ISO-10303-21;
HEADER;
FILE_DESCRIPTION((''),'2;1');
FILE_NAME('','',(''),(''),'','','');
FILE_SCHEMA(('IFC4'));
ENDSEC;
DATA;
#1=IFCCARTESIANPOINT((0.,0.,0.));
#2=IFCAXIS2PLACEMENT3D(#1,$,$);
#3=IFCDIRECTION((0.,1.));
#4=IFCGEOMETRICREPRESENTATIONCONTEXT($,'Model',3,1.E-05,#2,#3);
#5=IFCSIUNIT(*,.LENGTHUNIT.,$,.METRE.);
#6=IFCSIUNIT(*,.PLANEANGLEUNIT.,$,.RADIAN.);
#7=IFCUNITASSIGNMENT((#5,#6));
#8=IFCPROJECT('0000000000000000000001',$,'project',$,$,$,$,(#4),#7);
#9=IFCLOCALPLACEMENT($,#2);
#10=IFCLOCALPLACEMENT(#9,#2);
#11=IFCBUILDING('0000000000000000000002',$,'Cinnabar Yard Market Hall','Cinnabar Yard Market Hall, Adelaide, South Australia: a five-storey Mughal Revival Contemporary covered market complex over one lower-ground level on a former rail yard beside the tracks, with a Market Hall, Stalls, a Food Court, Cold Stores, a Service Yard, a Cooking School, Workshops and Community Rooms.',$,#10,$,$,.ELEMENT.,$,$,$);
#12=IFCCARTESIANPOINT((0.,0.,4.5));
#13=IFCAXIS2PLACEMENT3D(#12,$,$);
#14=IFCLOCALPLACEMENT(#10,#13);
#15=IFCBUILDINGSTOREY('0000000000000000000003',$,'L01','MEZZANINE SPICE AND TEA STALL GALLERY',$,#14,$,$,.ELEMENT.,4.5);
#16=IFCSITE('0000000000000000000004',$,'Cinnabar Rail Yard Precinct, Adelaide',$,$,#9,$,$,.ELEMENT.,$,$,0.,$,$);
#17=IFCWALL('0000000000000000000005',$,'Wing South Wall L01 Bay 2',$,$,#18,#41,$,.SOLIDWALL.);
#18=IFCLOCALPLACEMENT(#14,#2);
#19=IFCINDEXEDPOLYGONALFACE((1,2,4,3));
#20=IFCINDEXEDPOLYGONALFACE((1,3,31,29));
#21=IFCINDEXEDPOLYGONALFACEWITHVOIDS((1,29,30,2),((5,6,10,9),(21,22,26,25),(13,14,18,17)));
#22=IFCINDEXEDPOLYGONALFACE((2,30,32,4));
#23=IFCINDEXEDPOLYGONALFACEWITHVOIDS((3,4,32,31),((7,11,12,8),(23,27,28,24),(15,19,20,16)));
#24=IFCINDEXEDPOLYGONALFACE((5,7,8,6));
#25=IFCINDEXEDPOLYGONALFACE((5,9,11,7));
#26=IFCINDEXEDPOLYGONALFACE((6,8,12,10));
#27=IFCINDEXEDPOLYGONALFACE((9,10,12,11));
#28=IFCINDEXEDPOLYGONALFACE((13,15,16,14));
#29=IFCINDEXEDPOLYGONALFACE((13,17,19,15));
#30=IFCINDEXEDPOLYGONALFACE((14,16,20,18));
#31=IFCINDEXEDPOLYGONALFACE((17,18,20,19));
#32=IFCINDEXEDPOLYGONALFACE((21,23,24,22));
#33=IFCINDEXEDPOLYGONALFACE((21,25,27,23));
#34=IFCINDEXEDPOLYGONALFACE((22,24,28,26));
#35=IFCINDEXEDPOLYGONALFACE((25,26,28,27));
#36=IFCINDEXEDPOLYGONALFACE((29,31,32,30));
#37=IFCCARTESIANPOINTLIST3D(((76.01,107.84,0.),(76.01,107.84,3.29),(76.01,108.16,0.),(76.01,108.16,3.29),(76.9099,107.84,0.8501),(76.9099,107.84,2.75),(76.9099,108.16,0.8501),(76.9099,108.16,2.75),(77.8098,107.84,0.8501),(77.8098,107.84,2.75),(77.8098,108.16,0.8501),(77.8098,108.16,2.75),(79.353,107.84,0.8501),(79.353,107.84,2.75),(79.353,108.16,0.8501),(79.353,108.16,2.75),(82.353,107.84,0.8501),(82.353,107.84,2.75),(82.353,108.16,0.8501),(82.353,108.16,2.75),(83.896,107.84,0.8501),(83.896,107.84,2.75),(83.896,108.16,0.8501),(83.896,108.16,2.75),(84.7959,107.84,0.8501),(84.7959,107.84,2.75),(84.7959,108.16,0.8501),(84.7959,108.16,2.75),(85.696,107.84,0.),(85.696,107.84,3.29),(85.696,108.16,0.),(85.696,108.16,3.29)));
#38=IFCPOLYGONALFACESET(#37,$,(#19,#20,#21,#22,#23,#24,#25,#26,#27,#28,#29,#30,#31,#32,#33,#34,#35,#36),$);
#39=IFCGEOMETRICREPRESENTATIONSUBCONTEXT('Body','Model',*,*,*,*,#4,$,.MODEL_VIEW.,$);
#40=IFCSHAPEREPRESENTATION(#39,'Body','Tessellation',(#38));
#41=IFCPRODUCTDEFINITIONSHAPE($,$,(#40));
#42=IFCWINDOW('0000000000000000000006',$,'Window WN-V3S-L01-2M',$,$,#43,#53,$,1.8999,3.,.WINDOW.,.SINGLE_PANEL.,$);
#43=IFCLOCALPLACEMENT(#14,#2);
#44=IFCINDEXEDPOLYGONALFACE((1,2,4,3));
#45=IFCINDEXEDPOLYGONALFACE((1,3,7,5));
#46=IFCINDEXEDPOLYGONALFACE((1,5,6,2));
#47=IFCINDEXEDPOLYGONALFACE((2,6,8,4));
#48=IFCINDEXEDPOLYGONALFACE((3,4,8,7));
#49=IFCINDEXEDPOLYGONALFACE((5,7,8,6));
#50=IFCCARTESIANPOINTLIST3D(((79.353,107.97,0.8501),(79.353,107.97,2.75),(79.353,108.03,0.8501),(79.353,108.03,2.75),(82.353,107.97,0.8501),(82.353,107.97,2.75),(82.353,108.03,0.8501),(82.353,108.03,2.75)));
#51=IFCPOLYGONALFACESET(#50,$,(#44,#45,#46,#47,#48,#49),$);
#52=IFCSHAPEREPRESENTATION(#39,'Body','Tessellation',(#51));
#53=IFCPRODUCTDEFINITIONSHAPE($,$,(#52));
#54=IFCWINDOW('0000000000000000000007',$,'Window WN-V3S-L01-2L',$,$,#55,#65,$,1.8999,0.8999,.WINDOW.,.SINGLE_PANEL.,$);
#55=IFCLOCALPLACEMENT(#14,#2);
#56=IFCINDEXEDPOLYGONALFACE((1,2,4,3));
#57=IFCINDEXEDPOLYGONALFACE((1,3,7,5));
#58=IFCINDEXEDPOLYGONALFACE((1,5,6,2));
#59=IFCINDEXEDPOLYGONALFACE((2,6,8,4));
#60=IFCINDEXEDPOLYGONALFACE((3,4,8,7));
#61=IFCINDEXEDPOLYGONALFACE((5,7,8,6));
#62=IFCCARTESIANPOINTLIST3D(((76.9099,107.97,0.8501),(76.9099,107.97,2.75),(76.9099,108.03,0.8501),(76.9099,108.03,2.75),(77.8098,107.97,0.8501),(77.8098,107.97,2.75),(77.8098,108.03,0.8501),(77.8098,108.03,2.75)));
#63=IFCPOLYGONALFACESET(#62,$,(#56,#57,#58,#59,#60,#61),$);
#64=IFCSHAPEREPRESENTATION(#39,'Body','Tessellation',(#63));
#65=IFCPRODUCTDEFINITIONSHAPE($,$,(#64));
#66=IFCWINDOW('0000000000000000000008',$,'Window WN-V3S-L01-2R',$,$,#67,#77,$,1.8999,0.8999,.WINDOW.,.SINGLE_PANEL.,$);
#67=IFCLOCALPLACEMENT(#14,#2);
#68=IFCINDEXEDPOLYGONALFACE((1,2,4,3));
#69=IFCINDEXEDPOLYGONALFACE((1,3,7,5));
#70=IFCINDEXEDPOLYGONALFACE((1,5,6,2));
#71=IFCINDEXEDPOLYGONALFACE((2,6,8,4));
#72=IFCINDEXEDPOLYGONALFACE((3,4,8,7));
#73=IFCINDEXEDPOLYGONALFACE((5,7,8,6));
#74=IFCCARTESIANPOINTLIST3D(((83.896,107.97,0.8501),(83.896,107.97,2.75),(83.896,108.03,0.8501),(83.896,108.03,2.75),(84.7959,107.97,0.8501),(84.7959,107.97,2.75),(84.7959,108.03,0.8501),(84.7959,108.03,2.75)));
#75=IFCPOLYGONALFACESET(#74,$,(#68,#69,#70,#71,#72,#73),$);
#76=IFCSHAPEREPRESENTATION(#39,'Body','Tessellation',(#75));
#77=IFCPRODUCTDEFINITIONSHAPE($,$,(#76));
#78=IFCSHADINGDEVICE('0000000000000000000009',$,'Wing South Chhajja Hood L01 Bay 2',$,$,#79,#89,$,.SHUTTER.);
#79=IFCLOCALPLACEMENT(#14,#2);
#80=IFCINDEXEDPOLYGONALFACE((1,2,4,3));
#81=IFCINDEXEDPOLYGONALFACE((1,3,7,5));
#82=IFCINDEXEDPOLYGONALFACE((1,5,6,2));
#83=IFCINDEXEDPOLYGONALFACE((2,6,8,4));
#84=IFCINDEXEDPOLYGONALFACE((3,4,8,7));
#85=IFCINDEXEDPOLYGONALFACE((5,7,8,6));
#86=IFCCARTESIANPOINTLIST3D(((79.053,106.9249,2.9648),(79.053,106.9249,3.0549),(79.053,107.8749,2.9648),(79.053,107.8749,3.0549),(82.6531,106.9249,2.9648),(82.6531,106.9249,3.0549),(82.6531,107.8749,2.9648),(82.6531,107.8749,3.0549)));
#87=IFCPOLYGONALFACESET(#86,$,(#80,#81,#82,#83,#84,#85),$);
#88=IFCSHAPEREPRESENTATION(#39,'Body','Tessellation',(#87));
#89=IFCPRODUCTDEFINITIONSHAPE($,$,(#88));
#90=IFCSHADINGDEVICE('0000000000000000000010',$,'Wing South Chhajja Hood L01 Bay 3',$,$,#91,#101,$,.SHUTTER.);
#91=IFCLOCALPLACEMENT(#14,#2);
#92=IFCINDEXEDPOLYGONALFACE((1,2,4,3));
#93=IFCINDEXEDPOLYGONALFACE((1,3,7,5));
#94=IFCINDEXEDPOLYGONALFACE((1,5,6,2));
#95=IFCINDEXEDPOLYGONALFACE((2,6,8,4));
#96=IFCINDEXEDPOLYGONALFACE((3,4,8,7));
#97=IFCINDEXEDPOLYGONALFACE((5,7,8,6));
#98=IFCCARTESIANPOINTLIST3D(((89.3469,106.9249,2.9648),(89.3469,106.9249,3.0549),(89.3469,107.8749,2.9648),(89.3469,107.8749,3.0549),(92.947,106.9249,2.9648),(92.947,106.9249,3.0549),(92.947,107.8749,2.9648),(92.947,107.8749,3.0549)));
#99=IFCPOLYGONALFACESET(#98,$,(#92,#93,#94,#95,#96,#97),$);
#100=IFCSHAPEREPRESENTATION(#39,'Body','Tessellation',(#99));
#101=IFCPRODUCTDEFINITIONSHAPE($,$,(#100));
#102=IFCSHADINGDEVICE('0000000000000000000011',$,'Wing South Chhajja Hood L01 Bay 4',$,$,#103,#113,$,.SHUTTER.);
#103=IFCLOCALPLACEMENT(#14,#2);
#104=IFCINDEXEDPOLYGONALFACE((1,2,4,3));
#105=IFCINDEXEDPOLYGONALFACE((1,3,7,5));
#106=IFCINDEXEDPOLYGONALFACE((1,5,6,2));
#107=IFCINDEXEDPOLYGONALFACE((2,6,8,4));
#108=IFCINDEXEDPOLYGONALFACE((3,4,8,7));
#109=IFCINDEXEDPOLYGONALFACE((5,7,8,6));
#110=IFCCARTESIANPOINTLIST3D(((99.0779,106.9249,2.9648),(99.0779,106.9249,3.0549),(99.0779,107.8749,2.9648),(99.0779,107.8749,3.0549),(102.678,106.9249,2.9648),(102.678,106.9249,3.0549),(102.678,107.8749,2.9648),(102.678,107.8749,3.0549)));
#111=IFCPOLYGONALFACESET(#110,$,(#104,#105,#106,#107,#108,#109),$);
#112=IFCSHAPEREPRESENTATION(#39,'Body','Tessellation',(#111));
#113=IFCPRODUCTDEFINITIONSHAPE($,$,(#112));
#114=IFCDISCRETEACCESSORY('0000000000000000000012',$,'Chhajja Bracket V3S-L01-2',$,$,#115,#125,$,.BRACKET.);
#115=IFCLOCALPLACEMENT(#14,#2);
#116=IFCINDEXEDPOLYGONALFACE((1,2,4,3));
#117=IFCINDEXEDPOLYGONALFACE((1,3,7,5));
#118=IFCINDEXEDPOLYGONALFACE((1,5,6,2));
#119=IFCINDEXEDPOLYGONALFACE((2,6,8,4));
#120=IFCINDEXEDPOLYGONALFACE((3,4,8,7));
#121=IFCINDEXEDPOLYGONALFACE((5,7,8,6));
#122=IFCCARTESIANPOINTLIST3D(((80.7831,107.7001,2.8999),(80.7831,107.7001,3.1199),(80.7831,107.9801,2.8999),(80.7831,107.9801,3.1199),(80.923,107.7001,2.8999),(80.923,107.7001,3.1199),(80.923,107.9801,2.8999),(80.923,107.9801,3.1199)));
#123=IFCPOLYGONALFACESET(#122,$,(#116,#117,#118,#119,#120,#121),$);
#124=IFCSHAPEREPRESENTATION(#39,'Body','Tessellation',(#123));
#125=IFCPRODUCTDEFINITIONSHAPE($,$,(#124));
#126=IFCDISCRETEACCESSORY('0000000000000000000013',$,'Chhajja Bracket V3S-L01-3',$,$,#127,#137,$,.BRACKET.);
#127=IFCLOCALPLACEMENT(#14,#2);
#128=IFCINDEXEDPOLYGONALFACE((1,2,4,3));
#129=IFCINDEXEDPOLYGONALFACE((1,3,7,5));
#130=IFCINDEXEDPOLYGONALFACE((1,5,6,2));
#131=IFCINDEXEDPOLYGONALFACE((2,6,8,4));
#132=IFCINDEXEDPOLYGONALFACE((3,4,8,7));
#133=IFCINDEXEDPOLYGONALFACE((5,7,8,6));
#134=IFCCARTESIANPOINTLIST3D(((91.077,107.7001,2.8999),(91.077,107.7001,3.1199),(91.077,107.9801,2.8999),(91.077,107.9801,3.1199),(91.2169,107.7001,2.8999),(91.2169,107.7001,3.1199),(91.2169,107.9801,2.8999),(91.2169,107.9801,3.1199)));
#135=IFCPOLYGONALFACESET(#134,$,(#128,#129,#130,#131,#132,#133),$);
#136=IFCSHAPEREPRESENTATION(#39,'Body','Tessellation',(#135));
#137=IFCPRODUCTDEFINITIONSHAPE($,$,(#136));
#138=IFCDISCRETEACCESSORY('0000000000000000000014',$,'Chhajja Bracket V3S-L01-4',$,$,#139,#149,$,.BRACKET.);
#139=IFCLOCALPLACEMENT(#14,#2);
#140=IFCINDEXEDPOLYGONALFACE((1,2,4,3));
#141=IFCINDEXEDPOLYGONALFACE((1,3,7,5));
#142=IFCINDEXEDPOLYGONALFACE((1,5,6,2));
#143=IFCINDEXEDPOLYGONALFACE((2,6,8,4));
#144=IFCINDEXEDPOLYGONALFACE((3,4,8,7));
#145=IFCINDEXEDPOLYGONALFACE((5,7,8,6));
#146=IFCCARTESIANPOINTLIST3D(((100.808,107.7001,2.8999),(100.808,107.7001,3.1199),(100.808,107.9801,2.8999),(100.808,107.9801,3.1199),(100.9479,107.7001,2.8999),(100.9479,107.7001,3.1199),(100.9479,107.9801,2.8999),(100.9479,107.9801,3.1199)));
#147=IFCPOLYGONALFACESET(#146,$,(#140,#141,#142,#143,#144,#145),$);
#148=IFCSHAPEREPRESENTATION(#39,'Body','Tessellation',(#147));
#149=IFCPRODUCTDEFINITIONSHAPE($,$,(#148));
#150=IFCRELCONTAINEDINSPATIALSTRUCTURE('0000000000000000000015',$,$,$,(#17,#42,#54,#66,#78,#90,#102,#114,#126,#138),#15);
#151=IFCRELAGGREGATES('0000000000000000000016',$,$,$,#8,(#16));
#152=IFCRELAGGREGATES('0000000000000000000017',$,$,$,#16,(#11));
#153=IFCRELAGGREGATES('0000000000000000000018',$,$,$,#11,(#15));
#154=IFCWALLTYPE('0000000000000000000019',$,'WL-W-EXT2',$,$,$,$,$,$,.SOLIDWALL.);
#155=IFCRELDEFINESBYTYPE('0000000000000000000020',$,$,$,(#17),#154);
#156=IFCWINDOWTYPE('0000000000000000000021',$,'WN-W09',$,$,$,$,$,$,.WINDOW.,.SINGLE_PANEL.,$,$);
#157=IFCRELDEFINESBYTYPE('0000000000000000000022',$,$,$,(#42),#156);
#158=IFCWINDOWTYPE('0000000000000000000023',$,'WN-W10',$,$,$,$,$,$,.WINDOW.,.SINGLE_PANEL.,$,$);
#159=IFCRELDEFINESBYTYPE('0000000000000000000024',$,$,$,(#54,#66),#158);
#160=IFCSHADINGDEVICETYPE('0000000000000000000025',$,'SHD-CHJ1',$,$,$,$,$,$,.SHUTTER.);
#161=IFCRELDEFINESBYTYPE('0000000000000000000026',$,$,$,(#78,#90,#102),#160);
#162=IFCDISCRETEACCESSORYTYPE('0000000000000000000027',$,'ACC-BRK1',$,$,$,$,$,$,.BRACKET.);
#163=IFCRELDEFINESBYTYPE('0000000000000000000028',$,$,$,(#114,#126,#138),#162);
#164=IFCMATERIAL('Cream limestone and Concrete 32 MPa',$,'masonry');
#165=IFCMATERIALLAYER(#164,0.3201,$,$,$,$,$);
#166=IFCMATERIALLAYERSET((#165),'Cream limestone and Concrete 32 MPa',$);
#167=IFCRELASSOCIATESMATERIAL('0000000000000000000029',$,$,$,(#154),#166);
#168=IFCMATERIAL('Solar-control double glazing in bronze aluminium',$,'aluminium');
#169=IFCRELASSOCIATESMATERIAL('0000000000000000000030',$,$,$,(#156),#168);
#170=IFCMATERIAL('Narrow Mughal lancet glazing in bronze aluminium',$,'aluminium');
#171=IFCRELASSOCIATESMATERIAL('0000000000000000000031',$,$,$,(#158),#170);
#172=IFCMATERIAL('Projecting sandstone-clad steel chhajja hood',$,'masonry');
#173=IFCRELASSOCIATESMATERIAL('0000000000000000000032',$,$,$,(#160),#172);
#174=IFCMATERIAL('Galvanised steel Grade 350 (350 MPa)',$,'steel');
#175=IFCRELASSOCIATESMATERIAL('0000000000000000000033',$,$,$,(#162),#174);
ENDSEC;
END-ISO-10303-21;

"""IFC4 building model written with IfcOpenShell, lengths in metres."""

from ifc_helpers import new_model, si_unit, direction, frame, frame_2d, origin, origin_2d_with_axis, place, context, subcontext, project, spatial, rectangle, extrude, material, layer, layer_set, type_object, element, fill, save


model = new_model("IFC4")

# Units and contexts
model_context = context("Model", 3, precision=1e-05, world=origin(), true_north=direction((0.0, 1.0)))
body_context = subcontext(model_context, "Body", "Model", "MODEL_VIEW")
ifc_project = project(units=[si_unit("LENGTHUNIT", "METRE"), si_unit("PLANEANGLEUNIT", "RADIAN")], contexts=[model_context])

# Site, building, storey
site_placement = place(None, origin())
site = spatial("IfcSite", under=ifc_project, at=site_placement, Name="Cinnabar Rail Yard Precinct, Adelaide", CompositionType="ELEMENT", RefElevation=0.0)
building_placement = place(site_placement, origin())
building = spatial("IfcBuilding", under=site, at=building_placement, Name="Cinnabar Yard Market Hall", Description="Cinnabar Yard Market Hall, Adelaide, South Australia: a five-storey Mughal Revival Contemporary covered market complex over one lower-ground level on a former rail yard beside the tracks, with a Market Hall, Stalls, a Food Court, Cold Stores, a Service Yard, a Cooking School, Workshops and Community Rooms.", CompositionType="ELEMENT")
storey_placement = place(building_placement, frame((0.0, 0.0, 4.5)))
storey = spatial("IfcBuildingStorey", under=building, at=storey_placement, Name="L01", Description="MEZZANINE SPICE AND TEA STALL GALLERY", CompositionType="ELEMENT", Elevation=4.5)

# Wall, openings, windows
ifc_material_1 = material(Name="Cream limestone and Concrete 32 MPa", Category="masonry")
ifc_layer_1 = layer(ifc_material_1, 0.3201)
ifc_layer_set_1 = layer_set([ifc_layer_1], Name="Cream limestone and Concrete 32 MPa")
wall_type = type_object("IfcWallType", Name="WL-W-EXT2", PredefinedType="SOLIDWALL", material=ifc_layer_set_1)
wall_placement = place(storey_placement, frame((76.01, 108.0, 0.0), z_axis=(0.0, 0.0, 1.0), x_axis=(1.0, 0.0, 0.0)))
wall = element("IfcWall", 1, at=wall_placement, inside=storey, type_object=wall_type, Name="Wing South Wall L01 Bay 2", PredefinedType="SOLIDWALL", context=body_context, shape_type="SweptSolid", body=[
    extrude(rectangle(XDim=9.686, YDim=0.3201, at=frame_2d((4.843, 0.0), x_axis=(1.0, 0.0))), origin(), (0.0, 0.0, 1.0), 3.29),
])
opening_1_placement = place(wall_placement, frame((3.343, 0.0, 0.8501)))
opening_1 = element("IfcOpeningElement", 2, at=opening_1_placement, cuts=wall, PredefinedType="OPENING", context=body_context, shape_type="SweptSolid", body=[
    extrude(rectangle(XDim=3.0, YDim=1.8999, at=frame_2d((1.5, 0.95), x_axis=(1.0, 0.0))), frame((0.0, 0.1699, 0.0), z_axis=(0.0, -1.0, 0.0), x_axis=(1.0, 0.0, 0.0)), (0.0, 0.0, 1.0), 0.3401),
])
opening_2_placement = place(wall_placement, frame((0.8999, 0.0, 0.8501)))
opening_2 = element("IfcOpeningElement", 3, at=opening_2_placement, cuts=wall, PredefinedType="OPENING", context=body_context, shape_type="SweptSolid", body=[
    extrude(rectangle(XDim=0.8999, YDim=1.8999, at=frame_2d((0.45, 0.95), x_axis=(1.0, 0.0))), frame((0.0, 0.1699, 0.0), z_axis=(0.0, -1.0, 0.0), x_axis=(1.0, 0.0, 0.0)), (0.0, 0.0, 1.0), 0.3401),
])
opening_3_placement = place(wall_placement, frame((7.886, 0.0, 0.8501)))
opening_3 = element("IfcOpeningElement", 4, at=opening_3_placement, cuts=wall, PredefinedType="OPENING", context=body_context, shape_type="SweptSolid", body=[
    extrude(rectangle(XDim=0.8999, YDim=1.8999, at=frame_2d((0.45, 0.95), x_axis=(1.0, 0.0))), frame((0.0, 0.1699, 0.0), z_axis=(0.0, -1.0, 0.0), x_axis=(1.0, 0.0, 0.0)), (0.0, 0.0, 1.0), 0.3401),
])
ifc_material_2 = material(Name="Solar-control double glazing in bronze aluminium", Category="aluminium")
window_type_1 = type_object("IfcWindowType", Name="WN-W09", PartitioningType="SINGLE_PANEL", PredefinedType="WINDOW", material=ifc_material_2)
window_1_placement = place(opening_1_placement, origin())
window_1 = element("IfcWindow", 5, at=window_1_placement, inside=storey, type_object=window_type_1, Name="Window WN-V3S-L01-2M", OverallHeight=1.8999, OverallWidth=3.0, PartitioningType="SINGLE_PANEL", PredefinedType="WINDOW", context=body_context, shape_type="SweptSolid", body=[
    extrude(rectangle(XDim=3.0, YDim=1.8999, at=frame_2d((1.5, 0.95), x_axis=(1.0, 0.0))), frame((0.0, 0.03, 0.0), z_axis=(0.0, -1.0, 0.0), x_axis=(1.0, 0.0, 0.0)), (0.0, 0.0, 1.0), 0.0601),
])
fill(opening_1, window_1)
ifc_material_3 = material(Name="Narrow Mughal lancet glazing in bronze aluminium", Category="aluminium")
window_type_2 = type_object("IfcWindowType", Name="WN-W10", PartitioningType="SINGLE_PANEL", PredefinedType="WINDOW", material=ifc_material_3)
window_2_placement = place(opening_2_placement, origin())
window_2 = element("IfcWindow", 6, at=window_2_placement, inside=storey, type_object=window_type_2, Name="Window WN-V3S-L01-2L", OverallHeight=1.8999, OverallWidth=0.8999, PartitioningType="SINGLE_PANEL", PredefinedType="WINDOW", context=body_context, shape_type="SweptSolid", body=[
    extrude(rectangle(XDim=0.8999, YDim=1.8999, at=frame_2d((0.45, 0.95), x_axis=(1.0, 0.0))), frame((0.0, 0.03, 0.0), z_axis=(0.0, -1.0, 0.0), x_axis=(1.0, 0.0, 0.0)), (0.0, 0.0, 1.0), 0.0601),
])
fill(opening_2, window_2)
window_3_placement = place(opening_3_placement, origin())
window_3 = element("IfcWindow", 7, at=window_3_placement, inside=storey, type_object=window_type_2, Name="Window WN-V3S-L01-2R", OverallHeight=1.8999, OverallWidth=0.8999, PartitioningType="SINGLE_PANEL", PredefinedType="WINDOW", context=body_context, shape_type="SweptSolid", body=[
    extrude(rectangle(XDim=0.8999, YDim=1.8999, at=frame_2d((0.45, 0.95), x_axis=(1.0, 0.0))), frame((0.0, 0.03, 0.0), z_axis=(0.0, -1.0, 0.0), x_axis=(1.0, 0.0, 0.0)), (0.0, 0.0, 1.0), 0.0601),
])
fill(opening_3, window_3)

# Shading devices
ifc_material_4 = material(Name="Projecting sandstone-clad steel chhajja hood", Category="masonry")
shading_device_type = type_object("IfcShadingDeviceType", Name="SHD-CHJ1", PredefinedType="SHUTTER", material=ifc_material_4)
for number, where, z_axis, x_axis, name in (
    (8, (80.853, 107.3999, 2.9648), (0.0, 0.0, 1.0), (1.0, 0.0, 0.0), "Wing South Chhajja Hood L01 Bay 2"),
    (9, (91.147, 107.3999, 2.9648), (0.0, 0.0, 1.0), (1.0, 0.0, 0.0), "Wing South Chhajja Hood L01 Bay 3"),
    (10, (100.8779, 107.3999, 2.9648), (0.0, 0.0, 1.0), (1.0, 0.0, 0.0), "Wing South Chhajja Hood L01 Bay 4"),
):
    element("IfcShadingDevice", number, at=place(storey_placement, frame(where, z_axis=z_axis, x_axis=x_axis)), inside=storey, type_object=shading_device_type, Name=name, PredefinedType="SHUTTER", context=body_context, shape_type="SweptSolid", body=[
        extrude(rectangle(XDim=3.6001, YDim=0.95, at=origin_2d_with_axis()), origin(), (0.0, 0.0, 1.0), 0.0901),
    ])

# Discrete accessories
ifc_material_5 = material(Name="Galvanised steel Grade 350 (350 MPa)", Category="steel")
discrete_accessory_type = type_object("IfcDiscreteAccessoryType", Name="ACC-BRK1", PredefinedType="BRACKET", material=ifc_material_5)
for number, where, z_axis, x_axis, name in (
    (11, (80.853, 107.8401, 2.8999), (0.0, 0.0, 1.0), (1.0, 0.0, 0.0), "Chhajja Bracket V3S-L01-2"),
    (12, (91.147, 107.8401, 2.8999), (0.0, 0.0, 1.0), (1.0, 0.0, 0.0), "Chhajja Bracket V3S-L01-3"),
    (13, (100.8779, 107.8401, 2.8999), (0.0, 0.0, 1.0), (1.0, 0.0, 0.0), "Chhajja Bracket V3S-L01-4"),
):
    element("IfcDiscreteAccessory", number, at=place(storey_placement, frame(where, z_axis=z_axis, x_axis=x_axis)), inside=storey, type_object=discrete_accessory_type, Name=name, PredefinedType="BRACKET", context=body_context, shape_type="SweptSolid", body=[
        extrude(rectangle(XDim=0.1399, YDim=0.28, at=origin_2d_with_axis()), origin(), (0.0, 0.0, 1.0), 0.22),
    ])

save(model, "model.ifc")
